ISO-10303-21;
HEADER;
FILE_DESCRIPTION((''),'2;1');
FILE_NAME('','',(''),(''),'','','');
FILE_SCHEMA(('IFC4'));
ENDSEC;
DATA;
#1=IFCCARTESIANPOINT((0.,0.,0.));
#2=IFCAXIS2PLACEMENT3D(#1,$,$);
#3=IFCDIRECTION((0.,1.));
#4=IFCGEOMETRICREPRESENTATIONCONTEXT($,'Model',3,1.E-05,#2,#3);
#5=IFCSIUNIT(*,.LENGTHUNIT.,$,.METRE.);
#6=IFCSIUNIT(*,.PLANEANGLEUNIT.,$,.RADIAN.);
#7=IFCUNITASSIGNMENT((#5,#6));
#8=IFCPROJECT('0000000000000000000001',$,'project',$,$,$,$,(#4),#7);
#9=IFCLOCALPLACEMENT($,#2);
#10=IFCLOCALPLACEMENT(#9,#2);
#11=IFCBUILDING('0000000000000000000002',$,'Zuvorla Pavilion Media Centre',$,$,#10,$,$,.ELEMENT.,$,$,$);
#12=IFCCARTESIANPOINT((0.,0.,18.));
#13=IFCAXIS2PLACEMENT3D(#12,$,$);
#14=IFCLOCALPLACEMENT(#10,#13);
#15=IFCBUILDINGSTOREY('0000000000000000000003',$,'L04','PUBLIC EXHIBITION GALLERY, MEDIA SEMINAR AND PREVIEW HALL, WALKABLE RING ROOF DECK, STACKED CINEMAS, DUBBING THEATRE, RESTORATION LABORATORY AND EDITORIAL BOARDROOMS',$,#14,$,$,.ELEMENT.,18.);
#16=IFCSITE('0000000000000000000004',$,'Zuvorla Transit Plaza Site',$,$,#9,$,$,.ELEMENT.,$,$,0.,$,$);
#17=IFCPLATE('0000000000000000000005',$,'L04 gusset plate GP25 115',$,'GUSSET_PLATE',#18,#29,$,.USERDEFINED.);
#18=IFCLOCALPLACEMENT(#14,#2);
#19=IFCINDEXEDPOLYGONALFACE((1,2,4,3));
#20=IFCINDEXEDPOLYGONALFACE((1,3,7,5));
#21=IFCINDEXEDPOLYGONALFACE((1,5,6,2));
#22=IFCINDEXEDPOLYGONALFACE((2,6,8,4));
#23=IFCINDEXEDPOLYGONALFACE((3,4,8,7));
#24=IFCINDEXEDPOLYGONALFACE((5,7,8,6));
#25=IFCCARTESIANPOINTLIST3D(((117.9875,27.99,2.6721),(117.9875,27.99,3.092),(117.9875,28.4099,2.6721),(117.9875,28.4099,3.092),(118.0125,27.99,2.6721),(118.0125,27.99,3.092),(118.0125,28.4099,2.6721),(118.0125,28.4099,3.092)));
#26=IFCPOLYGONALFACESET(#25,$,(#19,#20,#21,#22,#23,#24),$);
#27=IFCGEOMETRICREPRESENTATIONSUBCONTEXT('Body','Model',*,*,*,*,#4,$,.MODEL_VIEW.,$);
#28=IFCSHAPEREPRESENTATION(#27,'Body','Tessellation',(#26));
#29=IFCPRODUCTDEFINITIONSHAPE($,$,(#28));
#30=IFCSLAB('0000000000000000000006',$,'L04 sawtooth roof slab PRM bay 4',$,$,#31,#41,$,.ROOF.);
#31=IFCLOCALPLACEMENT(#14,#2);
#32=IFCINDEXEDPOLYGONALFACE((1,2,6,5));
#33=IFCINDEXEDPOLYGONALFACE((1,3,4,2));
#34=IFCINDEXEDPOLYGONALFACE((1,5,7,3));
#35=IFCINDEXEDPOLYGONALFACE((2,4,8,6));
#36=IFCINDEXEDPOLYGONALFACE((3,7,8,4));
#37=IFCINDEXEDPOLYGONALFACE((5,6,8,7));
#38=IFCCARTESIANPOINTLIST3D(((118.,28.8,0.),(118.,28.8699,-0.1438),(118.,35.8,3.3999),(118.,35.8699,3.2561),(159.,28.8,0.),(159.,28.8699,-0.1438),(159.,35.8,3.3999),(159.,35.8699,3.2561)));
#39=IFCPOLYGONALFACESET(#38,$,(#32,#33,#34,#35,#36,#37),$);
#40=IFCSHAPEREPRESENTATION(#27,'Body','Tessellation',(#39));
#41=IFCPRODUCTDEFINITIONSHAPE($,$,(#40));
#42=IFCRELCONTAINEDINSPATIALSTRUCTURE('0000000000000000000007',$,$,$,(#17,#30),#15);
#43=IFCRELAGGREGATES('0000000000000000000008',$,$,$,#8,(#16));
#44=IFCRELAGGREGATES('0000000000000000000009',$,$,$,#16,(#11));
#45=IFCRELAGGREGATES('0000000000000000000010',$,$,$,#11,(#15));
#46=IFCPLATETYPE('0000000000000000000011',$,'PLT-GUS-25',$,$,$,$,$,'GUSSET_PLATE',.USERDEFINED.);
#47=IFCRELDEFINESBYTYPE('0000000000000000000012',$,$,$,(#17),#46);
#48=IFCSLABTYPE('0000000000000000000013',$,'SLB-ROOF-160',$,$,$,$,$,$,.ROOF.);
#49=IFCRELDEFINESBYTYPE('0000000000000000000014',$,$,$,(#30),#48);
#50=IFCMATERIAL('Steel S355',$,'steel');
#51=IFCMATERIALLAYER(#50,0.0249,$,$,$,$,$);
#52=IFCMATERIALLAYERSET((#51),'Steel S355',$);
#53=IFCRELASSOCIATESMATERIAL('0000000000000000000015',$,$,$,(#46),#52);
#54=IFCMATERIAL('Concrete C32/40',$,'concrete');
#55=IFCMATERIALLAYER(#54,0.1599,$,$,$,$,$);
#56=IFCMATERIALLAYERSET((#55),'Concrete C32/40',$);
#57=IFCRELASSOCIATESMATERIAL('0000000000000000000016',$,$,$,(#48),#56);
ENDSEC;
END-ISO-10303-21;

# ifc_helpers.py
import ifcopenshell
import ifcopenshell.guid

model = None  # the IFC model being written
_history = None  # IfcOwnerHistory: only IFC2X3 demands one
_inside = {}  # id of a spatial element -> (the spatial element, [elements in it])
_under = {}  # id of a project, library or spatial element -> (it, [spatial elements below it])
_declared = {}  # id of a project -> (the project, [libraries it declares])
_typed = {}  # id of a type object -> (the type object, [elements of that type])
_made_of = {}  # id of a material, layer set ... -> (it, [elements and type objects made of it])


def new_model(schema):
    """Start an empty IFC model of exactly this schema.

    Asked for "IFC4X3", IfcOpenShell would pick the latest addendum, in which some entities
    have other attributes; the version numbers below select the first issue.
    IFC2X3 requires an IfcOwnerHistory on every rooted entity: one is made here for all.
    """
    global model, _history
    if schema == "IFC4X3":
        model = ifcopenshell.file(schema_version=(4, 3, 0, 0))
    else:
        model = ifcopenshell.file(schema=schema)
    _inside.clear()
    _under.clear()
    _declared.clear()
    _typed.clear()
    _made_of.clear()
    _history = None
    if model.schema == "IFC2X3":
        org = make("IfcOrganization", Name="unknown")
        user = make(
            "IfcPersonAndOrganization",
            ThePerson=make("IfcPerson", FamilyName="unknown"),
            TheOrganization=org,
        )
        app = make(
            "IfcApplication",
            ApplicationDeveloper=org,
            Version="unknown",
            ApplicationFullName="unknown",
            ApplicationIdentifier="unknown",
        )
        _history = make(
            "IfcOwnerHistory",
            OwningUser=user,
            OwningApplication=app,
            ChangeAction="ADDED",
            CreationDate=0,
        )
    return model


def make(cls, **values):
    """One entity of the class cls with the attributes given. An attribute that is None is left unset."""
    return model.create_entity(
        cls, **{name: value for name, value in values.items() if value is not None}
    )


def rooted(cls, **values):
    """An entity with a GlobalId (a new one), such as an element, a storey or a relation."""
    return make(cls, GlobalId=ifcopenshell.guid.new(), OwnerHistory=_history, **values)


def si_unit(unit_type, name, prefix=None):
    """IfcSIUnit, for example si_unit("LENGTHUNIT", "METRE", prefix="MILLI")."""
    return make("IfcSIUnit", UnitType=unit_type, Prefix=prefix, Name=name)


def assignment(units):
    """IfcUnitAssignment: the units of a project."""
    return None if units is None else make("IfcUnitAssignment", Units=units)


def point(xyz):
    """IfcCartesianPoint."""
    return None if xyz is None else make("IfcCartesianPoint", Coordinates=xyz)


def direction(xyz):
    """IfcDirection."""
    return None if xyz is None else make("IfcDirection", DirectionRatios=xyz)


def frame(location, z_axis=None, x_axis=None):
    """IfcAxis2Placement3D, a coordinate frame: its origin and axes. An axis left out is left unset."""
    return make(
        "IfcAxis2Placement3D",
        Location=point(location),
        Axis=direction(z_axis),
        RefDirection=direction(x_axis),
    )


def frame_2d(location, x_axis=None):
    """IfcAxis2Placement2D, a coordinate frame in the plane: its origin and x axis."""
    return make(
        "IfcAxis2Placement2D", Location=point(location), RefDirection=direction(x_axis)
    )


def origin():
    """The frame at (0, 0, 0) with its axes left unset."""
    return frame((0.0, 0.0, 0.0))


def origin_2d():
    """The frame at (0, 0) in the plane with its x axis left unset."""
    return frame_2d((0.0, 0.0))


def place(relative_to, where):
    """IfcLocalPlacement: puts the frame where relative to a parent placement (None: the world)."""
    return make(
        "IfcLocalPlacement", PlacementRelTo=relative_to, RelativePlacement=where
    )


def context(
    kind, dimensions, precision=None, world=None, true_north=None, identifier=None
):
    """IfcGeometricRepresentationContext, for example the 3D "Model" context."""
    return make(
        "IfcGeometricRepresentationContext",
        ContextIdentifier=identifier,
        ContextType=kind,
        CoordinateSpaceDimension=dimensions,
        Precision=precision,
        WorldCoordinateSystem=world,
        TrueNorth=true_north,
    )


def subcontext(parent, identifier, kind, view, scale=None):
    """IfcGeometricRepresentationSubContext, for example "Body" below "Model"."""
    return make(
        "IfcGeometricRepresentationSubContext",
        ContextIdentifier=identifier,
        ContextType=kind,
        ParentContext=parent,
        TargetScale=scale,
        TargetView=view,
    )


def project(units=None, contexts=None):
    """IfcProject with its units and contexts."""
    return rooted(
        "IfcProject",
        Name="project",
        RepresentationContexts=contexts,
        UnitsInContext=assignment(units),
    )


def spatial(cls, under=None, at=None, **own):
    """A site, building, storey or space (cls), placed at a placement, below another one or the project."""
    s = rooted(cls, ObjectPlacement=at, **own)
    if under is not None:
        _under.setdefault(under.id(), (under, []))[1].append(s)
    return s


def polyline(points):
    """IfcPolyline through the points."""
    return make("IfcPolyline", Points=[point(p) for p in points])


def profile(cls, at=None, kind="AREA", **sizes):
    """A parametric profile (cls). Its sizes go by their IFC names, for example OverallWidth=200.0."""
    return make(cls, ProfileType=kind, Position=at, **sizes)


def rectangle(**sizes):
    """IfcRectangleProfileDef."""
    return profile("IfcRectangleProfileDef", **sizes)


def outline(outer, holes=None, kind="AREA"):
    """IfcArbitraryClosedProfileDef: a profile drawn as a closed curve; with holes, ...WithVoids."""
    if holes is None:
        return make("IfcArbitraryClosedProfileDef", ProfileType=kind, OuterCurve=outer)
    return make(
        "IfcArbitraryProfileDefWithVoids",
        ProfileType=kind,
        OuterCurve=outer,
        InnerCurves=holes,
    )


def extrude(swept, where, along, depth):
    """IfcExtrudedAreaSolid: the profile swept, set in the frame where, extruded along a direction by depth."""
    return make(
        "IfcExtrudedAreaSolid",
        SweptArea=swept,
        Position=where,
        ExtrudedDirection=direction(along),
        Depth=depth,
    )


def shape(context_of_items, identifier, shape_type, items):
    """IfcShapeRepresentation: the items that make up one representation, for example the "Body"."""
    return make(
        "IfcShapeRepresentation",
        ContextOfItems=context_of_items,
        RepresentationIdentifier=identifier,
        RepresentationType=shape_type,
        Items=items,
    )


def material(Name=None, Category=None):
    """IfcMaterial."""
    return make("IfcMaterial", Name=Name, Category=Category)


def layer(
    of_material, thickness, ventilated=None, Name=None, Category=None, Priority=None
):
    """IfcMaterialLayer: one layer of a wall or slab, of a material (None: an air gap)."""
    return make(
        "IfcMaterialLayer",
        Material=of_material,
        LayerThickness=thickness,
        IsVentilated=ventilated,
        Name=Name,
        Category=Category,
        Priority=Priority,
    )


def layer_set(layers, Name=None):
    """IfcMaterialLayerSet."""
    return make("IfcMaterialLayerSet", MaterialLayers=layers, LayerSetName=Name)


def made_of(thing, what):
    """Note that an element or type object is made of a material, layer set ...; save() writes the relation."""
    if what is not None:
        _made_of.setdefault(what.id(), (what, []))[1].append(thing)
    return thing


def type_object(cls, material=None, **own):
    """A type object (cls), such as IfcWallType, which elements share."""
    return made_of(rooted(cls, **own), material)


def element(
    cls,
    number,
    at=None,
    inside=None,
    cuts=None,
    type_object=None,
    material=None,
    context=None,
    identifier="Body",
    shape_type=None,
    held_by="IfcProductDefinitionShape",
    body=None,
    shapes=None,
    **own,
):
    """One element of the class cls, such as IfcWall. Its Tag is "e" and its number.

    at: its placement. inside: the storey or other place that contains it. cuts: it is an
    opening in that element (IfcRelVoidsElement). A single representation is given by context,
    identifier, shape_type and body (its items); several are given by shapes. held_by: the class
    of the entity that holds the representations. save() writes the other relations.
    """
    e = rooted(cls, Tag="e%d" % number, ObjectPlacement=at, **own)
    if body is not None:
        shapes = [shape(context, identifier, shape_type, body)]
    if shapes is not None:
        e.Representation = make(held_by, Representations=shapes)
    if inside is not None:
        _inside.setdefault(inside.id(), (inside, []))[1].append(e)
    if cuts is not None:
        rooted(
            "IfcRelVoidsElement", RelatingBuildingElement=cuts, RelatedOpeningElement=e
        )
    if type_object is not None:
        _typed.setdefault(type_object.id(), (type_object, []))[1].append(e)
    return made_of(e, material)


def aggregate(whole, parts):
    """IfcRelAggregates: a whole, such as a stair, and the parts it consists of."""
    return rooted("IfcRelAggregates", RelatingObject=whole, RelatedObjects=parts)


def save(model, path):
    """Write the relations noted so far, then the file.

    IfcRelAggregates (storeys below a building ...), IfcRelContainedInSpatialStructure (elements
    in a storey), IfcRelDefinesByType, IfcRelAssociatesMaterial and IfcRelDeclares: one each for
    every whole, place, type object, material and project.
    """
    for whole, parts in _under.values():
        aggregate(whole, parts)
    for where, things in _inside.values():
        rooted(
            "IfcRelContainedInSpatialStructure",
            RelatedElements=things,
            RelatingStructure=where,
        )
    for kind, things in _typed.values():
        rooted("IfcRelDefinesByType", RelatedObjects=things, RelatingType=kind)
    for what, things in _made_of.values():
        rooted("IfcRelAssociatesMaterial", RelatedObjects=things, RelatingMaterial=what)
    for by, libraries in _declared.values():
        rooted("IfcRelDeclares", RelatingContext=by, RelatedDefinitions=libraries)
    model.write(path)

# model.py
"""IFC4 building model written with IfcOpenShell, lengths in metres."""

from ifc_helpers import new_model, si_unit, direction, frame, origin, origin_2d, place, context, subcontext, project, spatial, polyline, rectangle, outline, extrude, material, layer, layer_set, type_object, element, save


model = new_model("IFC4")

# Units and contexts
model_context = context("Model", 3, precision=1e-05, world=origin(), true_north=direction((0.0, 1.0)))
body_context = subcontext(model_context, "Body", "Model", "MODEL_VIEW")
ifc_project = project(units=[si_unit("LENGTHUNIT", "METRE"), si_unit("PLANEANGLEUNIT", "RADIAN")], contexts=[model_context])

# Site, building, storey
site_placement = place(None, origin())
site = spatial("IfcSite", under=ifc_project, at=site_placement, Name="Zuvorla Transit Plaza Site", CompositionType="ELEMENT", RefElevation=0.0)
building_placement = place(site_placement, origin())
building = spatial("IfcBuilding", under=site, at=building_placement, Name="Zuvorla Pavilion Media Centre", CompositionType="ELEMENT")
storey_placement = place(building_placement, frame((0.0, 0.0, 18.0)))
storey = spatial("IfcBuildingStorey", under=building, at=storey_placement, Name="L04", Description="PUBLIC EXHIBITION GALLERY, MEDIA SEMINAR AND PREVIEW HALL, WALKABLE RING ROOF DECK, STACKED CINEMAS, DUBBING THEATRE, RESTORATION LABORATORY AND EDITORIAL BOARDROOMS", CompositionType="ELEMENT", Elevation=18.0)

# Shared definitions
ifc_material_1 = material(Name="Steel S355", Category="steel")

# Plate
ifc_layer_1 = layer(ifc_material_1, 0.0249)
ifc_layer_set_1 = layer_set([ifc_layer_1], Name="Steel S355")
plate_type_1 = type_object("IfcPlateType", Name="PLT-GUS-25", ElementType="GUSSET_PLATE", PredefinedType="USERDEFINED", material=ifc_layer_set_1)
plate_1_placement = place(storey_placement, frame((118.0, 28.2, 2.6721), z_axis=(0.0, 0.0, 1.0), x_axis=(1.0, 0.0, 0.0)))
element("IfcPlate", 1, at=plate_1_placement, inside=storey, type_object=plate_type_1, Name="L04 gusset plate GP25 115", ObjectType="GUSSET_PLATE", PredefinedType="USERDEFINED", context=body_context, shape_type="SweptSolid", body=[
    extrude(rectangle(XDim=0.0249, YDim=0.4199, at=origin_2d()), origin(), (0.0, 0.0, 1.0), 0.4199),
])

# Slab
ifc_material_2 = material(Name="Concrete C32/40", Category="concrete")
ifc_layer_2 = layer(ifc_material_2, 0.1599)
ifc_layer_set_2 = layer_set([ifc_layer_2], Name="Concrete C32/40")
slab_type = type_object("IfcSlabType", Name="SLB-ROOF-160", PredefinedType="ROOF", material=ifc_layer_set_2)
slab_placement = place(storey_placement, frame((118.0, 28.8, 0.0), z_axis=(0.0, -0.436894, 0.899513), x_axis=(1.0, 0.0, 0.0)))
element("IfcSlab", 2, at=slab_placement, inside=storey, type_object=slab_type, Name="L04 sawtooth roof slab PRM bay 4", PredefinedType="ROOF", context=body_context, shape_type="SweptSolid", body=[
    extrude(outline(polyline([(0.0, 0.0), (41.0, 0.0), (41.0, 7.782), (0.0, 7.782), (0.0, 0.0)])), origin(), (0.0, 0.0, -1.0), 0.1599),
])

save(model, "model.ifc")
